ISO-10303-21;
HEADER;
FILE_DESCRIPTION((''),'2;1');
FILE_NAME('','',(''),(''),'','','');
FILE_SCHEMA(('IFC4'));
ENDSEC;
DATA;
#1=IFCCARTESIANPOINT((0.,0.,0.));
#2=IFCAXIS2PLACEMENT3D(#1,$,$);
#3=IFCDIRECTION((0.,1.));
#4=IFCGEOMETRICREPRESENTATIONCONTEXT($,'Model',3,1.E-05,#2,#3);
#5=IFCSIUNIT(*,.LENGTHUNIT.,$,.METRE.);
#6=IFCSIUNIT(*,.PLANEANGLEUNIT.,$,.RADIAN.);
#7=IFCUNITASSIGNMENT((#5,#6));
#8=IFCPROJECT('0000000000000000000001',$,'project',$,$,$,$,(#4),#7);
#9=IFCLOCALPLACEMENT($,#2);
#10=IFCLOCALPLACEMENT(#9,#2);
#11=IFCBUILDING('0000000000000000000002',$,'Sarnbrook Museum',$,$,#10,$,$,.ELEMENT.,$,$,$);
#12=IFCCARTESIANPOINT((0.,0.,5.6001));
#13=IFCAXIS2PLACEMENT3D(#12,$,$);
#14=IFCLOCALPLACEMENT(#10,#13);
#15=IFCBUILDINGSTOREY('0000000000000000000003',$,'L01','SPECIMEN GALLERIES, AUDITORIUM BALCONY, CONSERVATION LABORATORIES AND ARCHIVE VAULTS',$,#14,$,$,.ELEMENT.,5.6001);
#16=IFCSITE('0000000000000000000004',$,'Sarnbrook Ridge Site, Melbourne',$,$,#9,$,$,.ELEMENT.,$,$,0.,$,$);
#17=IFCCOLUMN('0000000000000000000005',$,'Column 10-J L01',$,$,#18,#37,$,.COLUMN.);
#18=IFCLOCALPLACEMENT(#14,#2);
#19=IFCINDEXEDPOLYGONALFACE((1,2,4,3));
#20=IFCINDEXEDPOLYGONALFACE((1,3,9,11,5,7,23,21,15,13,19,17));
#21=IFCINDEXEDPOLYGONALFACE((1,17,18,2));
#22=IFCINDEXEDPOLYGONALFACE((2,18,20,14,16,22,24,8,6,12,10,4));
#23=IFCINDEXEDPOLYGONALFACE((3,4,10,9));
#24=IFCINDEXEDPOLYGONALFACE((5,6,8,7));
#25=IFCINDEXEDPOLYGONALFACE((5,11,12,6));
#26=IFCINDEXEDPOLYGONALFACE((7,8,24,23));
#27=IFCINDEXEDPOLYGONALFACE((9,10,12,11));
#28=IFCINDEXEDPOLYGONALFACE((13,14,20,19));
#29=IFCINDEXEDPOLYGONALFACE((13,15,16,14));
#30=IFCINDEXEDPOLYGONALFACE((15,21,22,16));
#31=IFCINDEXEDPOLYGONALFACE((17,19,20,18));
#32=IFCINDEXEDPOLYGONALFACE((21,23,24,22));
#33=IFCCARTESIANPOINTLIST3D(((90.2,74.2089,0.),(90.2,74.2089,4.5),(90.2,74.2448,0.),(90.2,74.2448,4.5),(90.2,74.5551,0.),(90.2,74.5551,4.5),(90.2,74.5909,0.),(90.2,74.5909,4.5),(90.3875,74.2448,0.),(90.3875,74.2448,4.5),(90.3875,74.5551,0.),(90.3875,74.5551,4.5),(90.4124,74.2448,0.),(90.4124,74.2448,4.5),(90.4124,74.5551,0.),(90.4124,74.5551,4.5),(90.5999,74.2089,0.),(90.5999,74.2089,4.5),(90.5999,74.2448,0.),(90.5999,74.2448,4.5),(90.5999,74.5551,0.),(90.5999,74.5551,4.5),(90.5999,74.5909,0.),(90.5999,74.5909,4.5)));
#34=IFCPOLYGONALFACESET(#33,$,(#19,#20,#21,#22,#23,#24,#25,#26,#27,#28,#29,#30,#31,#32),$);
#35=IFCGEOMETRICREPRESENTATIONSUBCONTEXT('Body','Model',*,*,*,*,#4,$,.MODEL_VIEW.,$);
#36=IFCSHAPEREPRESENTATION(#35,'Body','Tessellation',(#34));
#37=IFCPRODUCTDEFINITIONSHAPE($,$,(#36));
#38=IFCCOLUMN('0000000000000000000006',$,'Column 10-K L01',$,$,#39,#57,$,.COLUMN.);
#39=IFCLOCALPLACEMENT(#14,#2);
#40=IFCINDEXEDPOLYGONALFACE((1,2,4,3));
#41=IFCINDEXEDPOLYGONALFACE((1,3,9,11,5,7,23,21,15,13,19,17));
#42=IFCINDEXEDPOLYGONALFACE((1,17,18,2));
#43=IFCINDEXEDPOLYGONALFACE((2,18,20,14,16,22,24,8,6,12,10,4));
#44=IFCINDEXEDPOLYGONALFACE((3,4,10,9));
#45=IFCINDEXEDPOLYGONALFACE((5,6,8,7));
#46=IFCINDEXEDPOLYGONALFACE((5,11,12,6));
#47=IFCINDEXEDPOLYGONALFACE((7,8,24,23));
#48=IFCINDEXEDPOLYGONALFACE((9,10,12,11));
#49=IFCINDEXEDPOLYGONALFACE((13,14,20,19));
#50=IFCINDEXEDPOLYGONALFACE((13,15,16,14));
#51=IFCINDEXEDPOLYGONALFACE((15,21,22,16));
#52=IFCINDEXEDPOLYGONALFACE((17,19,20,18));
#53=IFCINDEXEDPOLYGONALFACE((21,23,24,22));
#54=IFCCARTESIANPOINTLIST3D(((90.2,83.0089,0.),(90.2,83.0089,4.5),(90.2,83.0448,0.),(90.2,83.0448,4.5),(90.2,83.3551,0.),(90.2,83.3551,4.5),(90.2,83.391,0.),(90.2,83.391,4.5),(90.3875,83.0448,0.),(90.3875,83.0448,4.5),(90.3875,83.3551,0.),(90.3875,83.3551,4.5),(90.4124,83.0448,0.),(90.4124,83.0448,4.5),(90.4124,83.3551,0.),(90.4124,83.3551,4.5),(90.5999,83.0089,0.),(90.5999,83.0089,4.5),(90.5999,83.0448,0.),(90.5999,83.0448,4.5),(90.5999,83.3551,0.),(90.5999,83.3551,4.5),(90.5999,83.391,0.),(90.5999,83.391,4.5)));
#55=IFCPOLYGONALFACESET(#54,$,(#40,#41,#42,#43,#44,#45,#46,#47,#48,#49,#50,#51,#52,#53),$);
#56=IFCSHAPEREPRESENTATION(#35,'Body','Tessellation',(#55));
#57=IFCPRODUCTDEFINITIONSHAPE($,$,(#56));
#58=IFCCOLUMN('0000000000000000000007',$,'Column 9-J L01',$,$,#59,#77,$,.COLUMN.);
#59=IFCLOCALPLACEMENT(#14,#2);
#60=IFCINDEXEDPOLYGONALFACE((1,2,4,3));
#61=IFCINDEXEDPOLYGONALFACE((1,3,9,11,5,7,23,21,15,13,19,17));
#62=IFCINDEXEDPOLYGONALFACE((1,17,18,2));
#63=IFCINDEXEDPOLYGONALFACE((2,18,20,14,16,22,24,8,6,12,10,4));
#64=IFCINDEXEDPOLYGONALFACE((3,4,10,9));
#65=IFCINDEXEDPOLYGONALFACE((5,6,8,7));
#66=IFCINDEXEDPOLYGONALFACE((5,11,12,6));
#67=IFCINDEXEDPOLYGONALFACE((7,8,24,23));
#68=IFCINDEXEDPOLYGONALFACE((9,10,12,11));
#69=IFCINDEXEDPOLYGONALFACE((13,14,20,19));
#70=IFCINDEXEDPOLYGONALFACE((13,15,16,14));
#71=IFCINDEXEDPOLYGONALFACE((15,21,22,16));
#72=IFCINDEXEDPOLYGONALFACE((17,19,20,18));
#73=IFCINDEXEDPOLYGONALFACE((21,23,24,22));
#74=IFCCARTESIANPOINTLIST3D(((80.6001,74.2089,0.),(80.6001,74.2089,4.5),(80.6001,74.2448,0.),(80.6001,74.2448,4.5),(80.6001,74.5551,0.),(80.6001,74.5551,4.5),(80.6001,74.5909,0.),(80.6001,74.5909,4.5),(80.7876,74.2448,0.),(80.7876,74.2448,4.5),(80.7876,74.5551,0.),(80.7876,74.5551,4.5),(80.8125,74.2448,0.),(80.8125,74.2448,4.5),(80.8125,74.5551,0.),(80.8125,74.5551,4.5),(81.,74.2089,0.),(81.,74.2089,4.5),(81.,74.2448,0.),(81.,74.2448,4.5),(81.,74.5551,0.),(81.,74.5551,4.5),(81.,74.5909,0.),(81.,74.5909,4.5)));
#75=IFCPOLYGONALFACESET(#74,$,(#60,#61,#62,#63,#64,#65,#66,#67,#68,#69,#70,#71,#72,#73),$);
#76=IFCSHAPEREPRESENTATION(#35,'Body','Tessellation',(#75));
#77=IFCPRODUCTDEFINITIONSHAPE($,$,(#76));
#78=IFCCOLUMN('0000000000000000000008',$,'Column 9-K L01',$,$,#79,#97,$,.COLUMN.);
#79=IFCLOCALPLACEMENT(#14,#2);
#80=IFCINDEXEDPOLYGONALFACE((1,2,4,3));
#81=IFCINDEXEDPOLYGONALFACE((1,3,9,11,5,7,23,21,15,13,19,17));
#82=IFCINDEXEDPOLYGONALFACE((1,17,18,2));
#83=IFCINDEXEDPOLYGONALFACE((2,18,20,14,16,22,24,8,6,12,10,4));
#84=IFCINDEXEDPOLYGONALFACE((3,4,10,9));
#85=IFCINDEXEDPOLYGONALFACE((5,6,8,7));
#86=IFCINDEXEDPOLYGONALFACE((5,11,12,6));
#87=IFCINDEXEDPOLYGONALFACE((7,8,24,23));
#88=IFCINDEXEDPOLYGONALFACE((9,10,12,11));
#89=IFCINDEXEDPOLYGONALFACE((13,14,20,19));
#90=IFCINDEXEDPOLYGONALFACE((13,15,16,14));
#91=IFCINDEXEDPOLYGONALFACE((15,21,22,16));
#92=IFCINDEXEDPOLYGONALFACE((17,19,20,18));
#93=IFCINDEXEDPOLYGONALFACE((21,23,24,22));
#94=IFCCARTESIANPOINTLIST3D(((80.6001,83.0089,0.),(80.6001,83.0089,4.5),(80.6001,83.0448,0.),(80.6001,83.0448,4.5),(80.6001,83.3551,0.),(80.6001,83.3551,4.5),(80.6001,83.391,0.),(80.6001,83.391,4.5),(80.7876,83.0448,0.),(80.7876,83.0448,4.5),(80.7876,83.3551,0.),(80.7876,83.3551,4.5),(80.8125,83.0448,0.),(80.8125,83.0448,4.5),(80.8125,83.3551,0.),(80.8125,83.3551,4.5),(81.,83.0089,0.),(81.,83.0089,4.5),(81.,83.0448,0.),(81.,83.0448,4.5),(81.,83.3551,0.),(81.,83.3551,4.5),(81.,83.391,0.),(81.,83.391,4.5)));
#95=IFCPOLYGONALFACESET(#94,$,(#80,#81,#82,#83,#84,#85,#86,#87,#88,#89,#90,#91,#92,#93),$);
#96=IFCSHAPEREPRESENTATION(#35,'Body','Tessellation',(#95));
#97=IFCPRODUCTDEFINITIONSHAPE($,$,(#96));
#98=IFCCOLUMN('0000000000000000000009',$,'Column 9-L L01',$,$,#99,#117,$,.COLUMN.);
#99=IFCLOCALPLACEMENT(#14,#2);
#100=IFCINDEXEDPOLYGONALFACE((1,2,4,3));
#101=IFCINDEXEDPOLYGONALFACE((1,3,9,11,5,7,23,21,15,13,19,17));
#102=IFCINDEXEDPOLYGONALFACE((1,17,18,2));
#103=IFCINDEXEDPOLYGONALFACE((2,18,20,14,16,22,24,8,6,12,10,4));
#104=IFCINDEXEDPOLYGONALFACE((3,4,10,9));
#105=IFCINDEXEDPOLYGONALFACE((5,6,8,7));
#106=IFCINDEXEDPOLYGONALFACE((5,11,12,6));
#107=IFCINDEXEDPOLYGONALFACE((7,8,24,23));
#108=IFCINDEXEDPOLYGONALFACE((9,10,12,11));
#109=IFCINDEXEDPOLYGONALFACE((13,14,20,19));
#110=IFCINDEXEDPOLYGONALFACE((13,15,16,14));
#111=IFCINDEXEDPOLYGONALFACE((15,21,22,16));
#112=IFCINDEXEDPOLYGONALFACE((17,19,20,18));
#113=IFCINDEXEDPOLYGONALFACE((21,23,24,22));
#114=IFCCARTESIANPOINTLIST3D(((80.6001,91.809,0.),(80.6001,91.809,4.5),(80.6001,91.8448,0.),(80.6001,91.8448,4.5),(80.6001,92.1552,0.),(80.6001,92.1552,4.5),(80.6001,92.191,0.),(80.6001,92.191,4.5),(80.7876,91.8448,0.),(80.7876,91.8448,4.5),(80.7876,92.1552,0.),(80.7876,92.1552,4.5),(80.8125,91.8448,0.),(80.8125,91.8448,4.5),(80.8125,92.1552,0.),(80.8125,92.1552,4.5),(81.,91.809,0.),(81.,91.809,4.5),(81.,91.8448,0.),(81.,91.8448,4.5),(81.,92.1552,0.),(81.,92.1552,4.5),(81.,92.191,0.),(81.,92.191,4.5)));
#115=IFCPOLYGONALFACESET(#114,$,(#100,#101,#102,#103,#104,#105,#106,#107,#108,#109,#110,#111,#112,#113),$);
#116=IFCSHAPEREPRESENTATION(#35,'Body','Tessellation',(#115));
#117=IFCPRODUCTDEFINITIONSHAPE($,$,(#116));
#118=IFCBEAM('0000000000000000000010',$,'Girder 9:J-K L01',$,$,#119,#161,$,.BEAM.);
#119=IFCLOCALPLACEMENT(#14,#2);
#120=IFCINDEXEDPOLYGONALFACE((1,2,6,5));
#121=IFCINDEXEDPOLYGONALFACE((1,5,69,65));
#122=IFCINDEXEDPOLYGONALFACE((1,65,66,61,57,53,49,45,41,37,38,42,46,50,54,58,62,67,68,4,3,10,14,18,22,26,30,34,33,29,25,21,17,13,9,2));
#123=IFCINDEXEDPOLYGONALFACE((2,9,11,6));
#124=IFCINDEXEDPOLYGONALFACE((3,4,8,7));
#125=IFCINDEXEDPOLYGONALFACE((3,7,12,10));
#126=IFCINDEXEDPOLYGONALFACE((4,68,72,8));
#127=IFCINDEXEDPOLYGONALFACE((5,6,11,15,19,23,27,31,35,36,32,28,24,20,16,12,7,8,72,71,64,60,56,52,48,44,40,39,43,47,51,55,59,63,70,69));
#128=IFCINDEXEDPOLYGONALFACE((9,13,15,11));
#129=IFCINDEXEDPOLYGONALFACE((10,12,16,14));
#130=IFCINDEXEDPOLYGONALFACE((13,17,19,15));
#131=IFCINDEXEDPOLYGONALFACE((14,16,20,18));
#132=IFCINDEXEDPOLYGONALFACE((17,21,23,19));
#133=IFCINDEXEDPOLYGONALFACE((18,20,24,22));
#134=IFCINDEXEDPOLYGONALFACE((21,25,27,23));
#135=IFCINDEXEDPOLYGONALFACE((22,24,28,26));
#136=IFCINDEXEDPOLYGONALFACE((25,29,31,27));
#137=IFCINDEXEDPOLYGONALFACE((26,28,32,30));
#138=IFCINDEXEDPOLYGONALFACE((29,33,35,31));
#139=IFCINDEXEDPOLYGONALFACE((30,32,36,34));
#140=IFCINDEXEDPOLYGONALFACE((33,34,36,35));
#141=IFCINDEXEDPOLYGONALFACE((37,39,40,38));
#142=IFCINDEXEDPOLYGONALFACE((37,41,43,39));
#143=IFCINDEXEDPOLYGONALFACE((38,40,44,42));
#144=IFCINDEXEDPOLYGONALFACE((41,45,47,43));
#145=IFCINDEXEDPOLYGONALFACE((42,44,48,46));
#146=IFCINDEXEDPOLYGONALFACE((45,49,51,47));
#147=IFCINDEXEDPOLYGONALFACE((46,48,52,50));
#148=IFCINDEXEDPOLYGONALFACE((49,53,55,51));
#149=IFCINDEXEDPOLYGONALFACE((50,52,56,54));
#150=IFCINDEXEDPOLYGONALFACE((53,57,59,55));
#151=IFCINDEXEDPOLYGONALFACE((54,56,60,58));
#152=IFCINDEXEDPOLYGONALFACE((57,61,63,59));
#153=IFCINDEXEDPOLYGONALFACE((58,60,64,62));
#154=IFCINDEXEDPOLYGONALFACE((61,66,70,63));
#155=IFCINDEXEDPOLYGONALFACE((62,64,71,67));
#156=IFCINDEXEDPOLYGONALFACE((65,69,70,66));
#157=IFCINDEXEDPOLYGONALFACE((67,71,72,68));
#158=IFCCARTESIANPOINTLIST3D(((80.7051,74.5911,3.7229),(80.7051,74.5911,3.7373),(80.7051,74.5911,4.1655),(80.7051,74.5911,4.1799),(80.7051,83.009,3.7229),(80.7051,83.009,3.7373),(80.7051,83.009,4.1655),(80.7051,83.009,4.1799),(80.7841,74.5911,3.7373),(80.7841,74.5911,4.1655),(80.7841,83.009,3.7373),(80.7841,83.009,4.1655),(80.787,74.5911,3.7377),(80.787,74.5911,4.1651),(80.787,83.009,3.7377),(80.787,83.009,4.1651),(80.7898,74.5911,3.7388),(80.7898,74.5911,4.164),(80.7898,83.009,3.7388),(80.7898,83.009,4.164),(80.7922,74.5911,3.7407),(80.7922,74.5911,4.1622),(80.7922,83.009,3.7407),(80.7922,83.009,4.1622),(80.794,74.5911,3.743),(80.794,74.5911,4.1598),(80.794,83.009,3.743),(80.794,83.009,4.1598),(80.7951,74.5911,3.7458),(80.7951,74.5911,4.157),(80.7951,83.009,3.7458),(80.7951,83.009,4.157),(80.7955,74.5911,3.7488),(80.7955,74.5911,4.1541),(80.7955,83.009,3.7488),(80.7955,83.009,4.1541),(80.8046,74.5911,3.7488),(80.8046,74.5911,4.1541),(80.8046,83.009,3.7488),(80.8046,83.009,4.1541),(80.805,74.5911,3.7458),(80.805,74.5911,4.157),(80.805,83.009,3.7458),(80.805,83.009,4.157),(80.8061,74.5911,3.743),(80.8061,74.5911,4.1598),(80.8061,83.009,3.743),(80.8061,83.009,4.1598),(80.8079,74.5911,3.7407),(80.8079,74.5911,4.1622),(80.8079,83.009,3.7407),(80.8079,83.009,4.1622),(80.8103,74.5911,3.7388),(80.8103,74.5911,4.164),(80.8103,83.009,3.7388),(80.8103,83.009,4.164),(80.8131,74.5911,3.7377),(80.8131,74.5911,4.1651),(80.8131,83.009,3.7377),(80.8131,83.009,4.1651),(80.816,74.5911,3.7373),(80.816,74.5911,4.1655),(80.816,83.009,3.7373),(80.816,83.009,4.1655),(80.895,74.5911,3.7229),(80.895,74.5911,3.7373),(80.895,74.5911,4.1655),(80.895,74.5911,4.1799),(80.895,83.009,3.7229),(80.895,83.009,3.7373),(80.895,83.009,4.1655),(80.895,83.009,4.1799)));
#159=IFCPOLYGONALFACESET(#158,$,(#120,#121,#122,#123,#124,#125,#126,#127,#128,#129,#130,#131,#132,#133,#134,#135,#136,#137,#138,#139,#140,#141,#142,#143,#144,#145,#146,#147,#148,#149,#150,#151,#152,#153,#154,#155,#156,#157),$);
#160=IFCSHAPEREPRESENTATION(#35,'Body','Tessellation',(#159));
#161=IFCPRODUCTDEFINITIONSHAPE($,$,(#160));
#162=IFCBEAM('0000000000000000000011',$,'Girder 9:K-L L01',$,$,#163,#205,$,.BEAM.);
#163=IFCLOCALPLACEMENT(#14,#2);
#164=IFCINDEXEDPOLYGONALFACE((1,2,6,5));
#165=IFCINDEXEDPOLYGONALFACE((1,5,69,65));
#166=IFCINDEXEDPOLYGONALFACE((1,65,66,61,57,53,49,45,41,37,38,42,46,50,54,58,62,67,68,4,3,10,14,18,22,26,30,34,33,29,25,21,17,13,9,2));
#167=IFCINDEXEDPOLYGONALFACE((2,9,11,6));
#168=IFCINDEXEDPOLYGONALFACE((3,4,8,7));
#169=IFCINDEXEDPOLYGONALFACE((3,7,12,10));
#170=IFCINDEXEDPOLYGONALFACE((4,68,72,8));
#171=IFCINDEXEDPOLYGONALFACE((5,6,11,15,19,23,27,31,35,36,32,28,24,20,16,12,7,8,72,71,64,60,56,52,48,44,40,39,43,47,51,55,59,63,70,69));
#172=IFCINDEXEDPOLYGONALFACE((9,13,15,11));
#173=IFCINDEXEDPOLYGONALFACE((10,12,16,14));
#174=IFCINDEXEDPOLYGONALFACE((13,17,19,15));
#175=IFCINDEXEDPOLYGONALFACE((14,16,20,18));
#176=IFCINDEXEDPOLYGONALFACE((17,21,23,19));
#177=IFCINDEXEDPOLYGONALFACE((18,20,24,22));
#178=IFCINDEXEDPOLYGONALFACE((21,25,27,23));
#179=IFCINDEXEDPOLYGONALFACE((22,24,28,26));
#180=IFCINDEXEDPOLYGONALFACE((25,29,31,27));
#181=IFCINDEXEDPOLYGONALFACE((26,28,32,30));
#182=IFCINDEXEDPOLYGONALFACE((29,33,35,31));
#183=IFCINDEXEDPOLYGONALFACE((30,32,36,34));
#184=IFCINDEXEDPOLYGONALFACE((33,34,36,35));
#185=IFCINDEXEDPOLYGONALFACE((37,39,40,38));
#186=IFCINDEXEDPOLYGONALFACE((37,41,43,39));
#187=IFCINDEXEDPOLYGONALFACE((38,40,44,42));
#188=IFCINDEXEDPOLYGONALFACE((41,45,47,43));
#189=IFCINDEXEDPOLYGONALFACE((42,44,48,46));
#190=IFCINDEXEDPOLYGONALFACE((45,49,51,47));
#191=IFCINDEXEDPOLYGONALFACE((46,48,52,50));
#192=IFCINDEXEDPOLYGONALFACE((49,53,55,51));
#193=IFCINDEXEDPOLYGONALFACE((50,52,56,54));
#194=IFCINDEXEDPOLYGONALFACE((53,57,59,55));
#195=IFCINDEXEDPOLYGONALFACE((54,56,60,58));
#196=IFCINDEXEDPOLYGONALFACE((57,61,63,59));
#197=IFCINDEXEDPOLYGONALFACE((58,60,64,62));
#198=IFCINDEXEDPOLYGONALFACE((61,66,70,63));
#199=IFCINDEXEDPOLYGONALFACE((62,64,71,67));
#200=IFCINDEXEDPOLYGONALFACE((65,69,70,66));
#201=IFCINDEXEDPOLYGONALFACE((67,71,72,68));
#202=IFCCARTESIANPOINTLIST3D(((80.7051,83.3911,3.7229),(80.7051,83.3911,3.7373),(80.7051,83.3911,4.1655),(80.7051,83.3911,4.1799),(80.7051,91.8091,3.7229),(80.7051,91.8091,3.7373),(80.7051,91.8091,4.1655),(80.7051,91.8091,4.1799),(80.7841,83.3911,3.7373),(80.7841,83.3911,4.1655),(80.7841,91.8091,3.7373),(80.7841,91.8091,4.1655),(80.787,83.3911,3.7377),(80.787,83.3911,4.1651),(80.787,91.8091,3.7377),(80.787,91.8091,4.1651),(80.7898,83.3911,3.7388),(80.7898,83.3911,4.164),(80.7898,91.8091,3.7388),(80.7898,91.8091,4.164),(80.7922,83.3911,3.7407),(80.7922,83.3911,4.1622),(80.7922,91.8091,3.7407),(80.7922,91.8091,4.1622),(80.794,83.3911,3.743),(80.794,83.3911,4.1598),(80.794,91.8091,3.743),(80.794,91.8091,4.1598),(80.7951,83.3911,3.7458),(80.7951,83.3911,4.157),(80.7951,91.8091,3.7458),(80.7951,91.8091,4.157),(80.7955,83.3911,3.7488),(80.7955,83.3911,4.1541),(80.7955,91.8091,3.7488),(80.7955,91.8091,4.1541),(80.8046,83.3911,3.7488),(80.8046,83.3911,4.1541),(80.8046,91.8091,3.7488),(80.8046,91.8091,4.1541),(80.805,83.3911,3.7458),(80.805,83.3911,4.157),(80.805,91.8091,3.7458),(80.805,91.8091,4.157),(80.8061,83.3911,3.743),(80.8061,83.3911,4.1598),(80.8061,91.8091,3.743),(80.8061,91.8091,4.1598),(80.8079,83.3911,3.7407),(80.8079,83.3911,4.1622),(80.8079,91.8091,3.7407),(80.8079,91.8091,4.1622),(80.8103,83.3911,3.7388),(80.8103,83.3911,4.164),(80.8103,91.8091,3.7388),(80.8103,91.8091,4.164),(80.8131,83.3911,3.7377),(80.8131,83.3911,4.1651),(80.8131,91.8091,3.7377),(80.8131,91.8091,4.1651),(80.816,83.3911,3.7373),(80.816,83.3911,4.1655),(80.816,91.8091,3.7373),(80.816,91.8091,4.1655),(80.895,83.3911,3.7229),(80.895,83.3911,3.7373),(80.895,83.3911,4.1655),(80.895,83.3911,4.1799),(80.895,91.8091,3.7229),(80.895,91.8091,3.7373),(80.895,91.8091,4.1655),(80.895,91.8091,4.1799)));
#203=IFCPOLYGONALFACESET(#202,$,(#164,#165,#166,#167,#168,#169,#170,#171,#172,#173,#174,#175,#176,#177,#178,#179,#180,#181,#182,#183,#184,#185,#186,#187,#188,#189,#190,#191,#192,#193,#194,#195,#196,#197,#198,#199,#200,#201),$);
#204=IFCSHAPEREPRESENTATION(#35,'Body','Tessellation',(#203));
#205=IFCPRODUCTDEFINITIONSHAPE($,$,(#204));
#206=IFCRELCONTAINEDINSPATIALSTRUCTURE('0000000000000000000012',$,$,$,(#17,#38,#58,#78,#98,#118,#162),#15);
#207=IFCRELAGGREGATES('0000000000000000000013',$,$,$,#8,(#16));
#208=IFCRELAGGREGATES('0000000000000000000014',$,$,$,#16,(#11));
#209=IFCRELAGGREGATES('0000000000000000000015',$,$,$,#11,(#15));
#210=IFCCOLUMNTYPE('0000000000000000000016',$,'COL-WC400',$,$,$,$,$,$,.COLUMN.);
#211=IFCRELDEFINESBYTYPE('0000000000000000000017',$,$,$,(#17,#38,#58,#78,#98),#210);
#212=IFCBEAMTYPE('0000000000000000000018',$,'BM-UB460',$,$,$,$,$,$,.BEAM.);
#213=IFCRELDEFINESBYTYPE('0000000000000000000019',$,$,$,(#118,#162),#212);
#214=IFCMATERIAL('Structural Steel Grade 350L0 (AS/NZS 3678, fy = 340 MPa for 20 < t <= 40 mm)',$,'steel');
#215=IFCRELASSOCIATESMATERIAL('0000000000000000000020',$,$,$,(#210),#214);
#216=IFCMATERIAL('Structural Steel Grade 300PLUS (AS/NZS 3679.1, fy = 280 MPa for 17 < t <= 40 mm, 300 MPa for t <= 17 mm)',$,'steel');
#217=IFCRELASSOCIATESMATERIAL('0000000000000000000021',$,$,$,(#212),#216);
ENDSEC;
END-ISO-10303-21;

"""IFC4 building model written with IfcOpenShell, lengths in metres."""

from ifc_helpers import new_model, si_unit, direction, frame, origin, origin_2d, place, context, subcontext, project, spatial, i_section, extrude, material, material_profile, profile_set, type_object, element, save


model = new_model("IFC4")

# Units and contexts
model_context = context("Model", 3, precision=1e-05, world=origin(), true_north=direction((0.0, 1.0)))
body_context = subcontext(model_context, "Body", "Model", "MODEL_VIEW")
ifc_project = project(units=[si_unit("LENGTHUNIT", "METRE"), si_unit("PLANEANGLEUNIT", "RADIAN")], contexts=[model_context])

# Site, building, storey
site_placement = place(None, origin())
site = spatial("IfcSite", under=ifc_project, at=site_placement, Name="Sarnbrook Ridge Site, Melbourne", CompositionType="ELEMENT", RefElevation=0.0)
building_placement = place(site_placement, origin())
building = spatial("IfcBuilding", under=site, at=building_placement, Name="Sarnbrook Museum", CompositionType="ELEMENT")
storey_placement = place(building_placement, frame((0.0, 0.0, 5.6001)))
storey = spatial("IfcBuildingStorey", under=building, at=storey_placement, Name="L01", Description="SPECIMEN GALLERIES, AUDITORIUM BALCONY, CONSERVATION LABORATORIES AND ARCHIVE VAULTS", CompositionType="ELEMENT", Elevation=5.6001)

# Columns
ifc_material_1 = material(Name="Structural Steel Grade 350L0 (AS/NZS 3678, fy = 340 MPa for 20 < t <= 40 mm)", Category="steel")
ifc_material_profile_1 = material_profile(ifc_material_1, i_section(OverallWidth=0.3999, OverallDepth=0.3821, WebThickness=0.0249, FlangeThickness=0.0359, at=origin_2d()), Name="400WC270")
ifc_profile_set_1 = profile_set([ifc_material_profile_1], Name="Structural Steel Grade 350L0 (AS/NZS 3678, fy = 340 MPa for 20 < t <= 40 mm)")
column_type = type_object("IfcColumnType", Name="COL-WC400", PredefinedType="COLUMN", material=ifc_profile_set_1)
for number, where, z_axis, x_axis, name in (
    (1, (90.3999, 74.3999, 0.0), (0.0, 0.0, 1.0), (1.0, 0.0, 0.0), "Column 10-J L01"),
    (2, (90.3999, 83.2, 0.0), (0.0, 0.0, 1.0), (1.0, 0.0, 0.0), "Column 10-K L01"),
    (3, (80.8, 74.3999, 0.0), (0.0, 0.0, 1.0), (1.0, 0.0, 0.0), "Column 9-J L01"),
    (4, (80.8, 83.2, 0.0), (0.0, 0.0, 1.0), (1.0, 0.0, 0.0), "Column 9-K L01"),
    (5, (80.8, 92.0, 0.0), (0.0, 0.0, 1.0), (1.0, 0.0, 0.0), "Column 9-L L01"),
):
    element("IfcColumn", number, at=place(storey_placement, frame(where, z_axis=z_axis, x_axis=x_axis)), inside=storey, type_object=column_type, Name=name, PredefinedType="COLUMN", context=body_context, shape_type="SweptSolid", body=[
        extrude(i_section(OverallWidth=0.3999, OverallDepth=0.3821, WebThickness=0.0249, FlangeThickness=0.0359, at=origin_2d()), origin(), (0.0, 0.0, 1.0), 4.5),
    ])

# Beams
ifc_material_2 = material(Name="Structural Steel Grade 300PLUS (AS/NZS 3679.1, fy = 280 MPa for 17 < t <= 40 mm, 300 MPa for t <= 17 mm)", Category="steel")
ifc_material_profile_2 = material_profile(ifc_material_2, i_section(OverallWidth=0.1899, OverallDepth=0.457, WebThickness=0.009, FlangeThickness=0.0144, FilletRadius=0.0115, at=origin_2d()), Name="460UB74.6")
ifc_profile_set_2 = profile_set([ifc_material_profile_2], Name="Structural Steel Grade 300PLUS (AS/NZS 3679.1, fy = 280 MPa for 17 < t <= 40 mm, 300 MPa for t <= 17 mm)")
beam_type_1 = type_object("IfcBeamType", Name="BM-UB460", PredefinedType="BEAM", material=ifc_profile_set_2)
for number, where, z_axis, x_axis, name in (
    (6, (80.8, 74.5911, 3.9514), (0.0, 1.0, 0.0), (-1.0, 0.0, 0.0), "Girder 9:J-K L01"),
    (7, (80.8, 83.3911, 3.9514), (0.0, 1.0, 0.0), (-1.0, 0.0, 0.0), "Girder 9:K-L L01"),
):
    element("IfcBeam", number, at=place(storey_placement, frame(where, z_axis=z_axis, x_axis=x_axis)), inside=storey, type_object=beam_type_1, Name=name, PredefinedType="BEAM", context=body_context, shape_type="SweptSolid", body=[
        extrude(i_section(OverallWidth=0.1899, OverallDepth=0.457, WebThickness=0.009, FlangeThickness=0.0144, FilletRadius=0.0115, at=origin_2d()), origin(), (0.0, 0.0, 1.0), 8.418),
    ])

save(model, "model.ifc")
